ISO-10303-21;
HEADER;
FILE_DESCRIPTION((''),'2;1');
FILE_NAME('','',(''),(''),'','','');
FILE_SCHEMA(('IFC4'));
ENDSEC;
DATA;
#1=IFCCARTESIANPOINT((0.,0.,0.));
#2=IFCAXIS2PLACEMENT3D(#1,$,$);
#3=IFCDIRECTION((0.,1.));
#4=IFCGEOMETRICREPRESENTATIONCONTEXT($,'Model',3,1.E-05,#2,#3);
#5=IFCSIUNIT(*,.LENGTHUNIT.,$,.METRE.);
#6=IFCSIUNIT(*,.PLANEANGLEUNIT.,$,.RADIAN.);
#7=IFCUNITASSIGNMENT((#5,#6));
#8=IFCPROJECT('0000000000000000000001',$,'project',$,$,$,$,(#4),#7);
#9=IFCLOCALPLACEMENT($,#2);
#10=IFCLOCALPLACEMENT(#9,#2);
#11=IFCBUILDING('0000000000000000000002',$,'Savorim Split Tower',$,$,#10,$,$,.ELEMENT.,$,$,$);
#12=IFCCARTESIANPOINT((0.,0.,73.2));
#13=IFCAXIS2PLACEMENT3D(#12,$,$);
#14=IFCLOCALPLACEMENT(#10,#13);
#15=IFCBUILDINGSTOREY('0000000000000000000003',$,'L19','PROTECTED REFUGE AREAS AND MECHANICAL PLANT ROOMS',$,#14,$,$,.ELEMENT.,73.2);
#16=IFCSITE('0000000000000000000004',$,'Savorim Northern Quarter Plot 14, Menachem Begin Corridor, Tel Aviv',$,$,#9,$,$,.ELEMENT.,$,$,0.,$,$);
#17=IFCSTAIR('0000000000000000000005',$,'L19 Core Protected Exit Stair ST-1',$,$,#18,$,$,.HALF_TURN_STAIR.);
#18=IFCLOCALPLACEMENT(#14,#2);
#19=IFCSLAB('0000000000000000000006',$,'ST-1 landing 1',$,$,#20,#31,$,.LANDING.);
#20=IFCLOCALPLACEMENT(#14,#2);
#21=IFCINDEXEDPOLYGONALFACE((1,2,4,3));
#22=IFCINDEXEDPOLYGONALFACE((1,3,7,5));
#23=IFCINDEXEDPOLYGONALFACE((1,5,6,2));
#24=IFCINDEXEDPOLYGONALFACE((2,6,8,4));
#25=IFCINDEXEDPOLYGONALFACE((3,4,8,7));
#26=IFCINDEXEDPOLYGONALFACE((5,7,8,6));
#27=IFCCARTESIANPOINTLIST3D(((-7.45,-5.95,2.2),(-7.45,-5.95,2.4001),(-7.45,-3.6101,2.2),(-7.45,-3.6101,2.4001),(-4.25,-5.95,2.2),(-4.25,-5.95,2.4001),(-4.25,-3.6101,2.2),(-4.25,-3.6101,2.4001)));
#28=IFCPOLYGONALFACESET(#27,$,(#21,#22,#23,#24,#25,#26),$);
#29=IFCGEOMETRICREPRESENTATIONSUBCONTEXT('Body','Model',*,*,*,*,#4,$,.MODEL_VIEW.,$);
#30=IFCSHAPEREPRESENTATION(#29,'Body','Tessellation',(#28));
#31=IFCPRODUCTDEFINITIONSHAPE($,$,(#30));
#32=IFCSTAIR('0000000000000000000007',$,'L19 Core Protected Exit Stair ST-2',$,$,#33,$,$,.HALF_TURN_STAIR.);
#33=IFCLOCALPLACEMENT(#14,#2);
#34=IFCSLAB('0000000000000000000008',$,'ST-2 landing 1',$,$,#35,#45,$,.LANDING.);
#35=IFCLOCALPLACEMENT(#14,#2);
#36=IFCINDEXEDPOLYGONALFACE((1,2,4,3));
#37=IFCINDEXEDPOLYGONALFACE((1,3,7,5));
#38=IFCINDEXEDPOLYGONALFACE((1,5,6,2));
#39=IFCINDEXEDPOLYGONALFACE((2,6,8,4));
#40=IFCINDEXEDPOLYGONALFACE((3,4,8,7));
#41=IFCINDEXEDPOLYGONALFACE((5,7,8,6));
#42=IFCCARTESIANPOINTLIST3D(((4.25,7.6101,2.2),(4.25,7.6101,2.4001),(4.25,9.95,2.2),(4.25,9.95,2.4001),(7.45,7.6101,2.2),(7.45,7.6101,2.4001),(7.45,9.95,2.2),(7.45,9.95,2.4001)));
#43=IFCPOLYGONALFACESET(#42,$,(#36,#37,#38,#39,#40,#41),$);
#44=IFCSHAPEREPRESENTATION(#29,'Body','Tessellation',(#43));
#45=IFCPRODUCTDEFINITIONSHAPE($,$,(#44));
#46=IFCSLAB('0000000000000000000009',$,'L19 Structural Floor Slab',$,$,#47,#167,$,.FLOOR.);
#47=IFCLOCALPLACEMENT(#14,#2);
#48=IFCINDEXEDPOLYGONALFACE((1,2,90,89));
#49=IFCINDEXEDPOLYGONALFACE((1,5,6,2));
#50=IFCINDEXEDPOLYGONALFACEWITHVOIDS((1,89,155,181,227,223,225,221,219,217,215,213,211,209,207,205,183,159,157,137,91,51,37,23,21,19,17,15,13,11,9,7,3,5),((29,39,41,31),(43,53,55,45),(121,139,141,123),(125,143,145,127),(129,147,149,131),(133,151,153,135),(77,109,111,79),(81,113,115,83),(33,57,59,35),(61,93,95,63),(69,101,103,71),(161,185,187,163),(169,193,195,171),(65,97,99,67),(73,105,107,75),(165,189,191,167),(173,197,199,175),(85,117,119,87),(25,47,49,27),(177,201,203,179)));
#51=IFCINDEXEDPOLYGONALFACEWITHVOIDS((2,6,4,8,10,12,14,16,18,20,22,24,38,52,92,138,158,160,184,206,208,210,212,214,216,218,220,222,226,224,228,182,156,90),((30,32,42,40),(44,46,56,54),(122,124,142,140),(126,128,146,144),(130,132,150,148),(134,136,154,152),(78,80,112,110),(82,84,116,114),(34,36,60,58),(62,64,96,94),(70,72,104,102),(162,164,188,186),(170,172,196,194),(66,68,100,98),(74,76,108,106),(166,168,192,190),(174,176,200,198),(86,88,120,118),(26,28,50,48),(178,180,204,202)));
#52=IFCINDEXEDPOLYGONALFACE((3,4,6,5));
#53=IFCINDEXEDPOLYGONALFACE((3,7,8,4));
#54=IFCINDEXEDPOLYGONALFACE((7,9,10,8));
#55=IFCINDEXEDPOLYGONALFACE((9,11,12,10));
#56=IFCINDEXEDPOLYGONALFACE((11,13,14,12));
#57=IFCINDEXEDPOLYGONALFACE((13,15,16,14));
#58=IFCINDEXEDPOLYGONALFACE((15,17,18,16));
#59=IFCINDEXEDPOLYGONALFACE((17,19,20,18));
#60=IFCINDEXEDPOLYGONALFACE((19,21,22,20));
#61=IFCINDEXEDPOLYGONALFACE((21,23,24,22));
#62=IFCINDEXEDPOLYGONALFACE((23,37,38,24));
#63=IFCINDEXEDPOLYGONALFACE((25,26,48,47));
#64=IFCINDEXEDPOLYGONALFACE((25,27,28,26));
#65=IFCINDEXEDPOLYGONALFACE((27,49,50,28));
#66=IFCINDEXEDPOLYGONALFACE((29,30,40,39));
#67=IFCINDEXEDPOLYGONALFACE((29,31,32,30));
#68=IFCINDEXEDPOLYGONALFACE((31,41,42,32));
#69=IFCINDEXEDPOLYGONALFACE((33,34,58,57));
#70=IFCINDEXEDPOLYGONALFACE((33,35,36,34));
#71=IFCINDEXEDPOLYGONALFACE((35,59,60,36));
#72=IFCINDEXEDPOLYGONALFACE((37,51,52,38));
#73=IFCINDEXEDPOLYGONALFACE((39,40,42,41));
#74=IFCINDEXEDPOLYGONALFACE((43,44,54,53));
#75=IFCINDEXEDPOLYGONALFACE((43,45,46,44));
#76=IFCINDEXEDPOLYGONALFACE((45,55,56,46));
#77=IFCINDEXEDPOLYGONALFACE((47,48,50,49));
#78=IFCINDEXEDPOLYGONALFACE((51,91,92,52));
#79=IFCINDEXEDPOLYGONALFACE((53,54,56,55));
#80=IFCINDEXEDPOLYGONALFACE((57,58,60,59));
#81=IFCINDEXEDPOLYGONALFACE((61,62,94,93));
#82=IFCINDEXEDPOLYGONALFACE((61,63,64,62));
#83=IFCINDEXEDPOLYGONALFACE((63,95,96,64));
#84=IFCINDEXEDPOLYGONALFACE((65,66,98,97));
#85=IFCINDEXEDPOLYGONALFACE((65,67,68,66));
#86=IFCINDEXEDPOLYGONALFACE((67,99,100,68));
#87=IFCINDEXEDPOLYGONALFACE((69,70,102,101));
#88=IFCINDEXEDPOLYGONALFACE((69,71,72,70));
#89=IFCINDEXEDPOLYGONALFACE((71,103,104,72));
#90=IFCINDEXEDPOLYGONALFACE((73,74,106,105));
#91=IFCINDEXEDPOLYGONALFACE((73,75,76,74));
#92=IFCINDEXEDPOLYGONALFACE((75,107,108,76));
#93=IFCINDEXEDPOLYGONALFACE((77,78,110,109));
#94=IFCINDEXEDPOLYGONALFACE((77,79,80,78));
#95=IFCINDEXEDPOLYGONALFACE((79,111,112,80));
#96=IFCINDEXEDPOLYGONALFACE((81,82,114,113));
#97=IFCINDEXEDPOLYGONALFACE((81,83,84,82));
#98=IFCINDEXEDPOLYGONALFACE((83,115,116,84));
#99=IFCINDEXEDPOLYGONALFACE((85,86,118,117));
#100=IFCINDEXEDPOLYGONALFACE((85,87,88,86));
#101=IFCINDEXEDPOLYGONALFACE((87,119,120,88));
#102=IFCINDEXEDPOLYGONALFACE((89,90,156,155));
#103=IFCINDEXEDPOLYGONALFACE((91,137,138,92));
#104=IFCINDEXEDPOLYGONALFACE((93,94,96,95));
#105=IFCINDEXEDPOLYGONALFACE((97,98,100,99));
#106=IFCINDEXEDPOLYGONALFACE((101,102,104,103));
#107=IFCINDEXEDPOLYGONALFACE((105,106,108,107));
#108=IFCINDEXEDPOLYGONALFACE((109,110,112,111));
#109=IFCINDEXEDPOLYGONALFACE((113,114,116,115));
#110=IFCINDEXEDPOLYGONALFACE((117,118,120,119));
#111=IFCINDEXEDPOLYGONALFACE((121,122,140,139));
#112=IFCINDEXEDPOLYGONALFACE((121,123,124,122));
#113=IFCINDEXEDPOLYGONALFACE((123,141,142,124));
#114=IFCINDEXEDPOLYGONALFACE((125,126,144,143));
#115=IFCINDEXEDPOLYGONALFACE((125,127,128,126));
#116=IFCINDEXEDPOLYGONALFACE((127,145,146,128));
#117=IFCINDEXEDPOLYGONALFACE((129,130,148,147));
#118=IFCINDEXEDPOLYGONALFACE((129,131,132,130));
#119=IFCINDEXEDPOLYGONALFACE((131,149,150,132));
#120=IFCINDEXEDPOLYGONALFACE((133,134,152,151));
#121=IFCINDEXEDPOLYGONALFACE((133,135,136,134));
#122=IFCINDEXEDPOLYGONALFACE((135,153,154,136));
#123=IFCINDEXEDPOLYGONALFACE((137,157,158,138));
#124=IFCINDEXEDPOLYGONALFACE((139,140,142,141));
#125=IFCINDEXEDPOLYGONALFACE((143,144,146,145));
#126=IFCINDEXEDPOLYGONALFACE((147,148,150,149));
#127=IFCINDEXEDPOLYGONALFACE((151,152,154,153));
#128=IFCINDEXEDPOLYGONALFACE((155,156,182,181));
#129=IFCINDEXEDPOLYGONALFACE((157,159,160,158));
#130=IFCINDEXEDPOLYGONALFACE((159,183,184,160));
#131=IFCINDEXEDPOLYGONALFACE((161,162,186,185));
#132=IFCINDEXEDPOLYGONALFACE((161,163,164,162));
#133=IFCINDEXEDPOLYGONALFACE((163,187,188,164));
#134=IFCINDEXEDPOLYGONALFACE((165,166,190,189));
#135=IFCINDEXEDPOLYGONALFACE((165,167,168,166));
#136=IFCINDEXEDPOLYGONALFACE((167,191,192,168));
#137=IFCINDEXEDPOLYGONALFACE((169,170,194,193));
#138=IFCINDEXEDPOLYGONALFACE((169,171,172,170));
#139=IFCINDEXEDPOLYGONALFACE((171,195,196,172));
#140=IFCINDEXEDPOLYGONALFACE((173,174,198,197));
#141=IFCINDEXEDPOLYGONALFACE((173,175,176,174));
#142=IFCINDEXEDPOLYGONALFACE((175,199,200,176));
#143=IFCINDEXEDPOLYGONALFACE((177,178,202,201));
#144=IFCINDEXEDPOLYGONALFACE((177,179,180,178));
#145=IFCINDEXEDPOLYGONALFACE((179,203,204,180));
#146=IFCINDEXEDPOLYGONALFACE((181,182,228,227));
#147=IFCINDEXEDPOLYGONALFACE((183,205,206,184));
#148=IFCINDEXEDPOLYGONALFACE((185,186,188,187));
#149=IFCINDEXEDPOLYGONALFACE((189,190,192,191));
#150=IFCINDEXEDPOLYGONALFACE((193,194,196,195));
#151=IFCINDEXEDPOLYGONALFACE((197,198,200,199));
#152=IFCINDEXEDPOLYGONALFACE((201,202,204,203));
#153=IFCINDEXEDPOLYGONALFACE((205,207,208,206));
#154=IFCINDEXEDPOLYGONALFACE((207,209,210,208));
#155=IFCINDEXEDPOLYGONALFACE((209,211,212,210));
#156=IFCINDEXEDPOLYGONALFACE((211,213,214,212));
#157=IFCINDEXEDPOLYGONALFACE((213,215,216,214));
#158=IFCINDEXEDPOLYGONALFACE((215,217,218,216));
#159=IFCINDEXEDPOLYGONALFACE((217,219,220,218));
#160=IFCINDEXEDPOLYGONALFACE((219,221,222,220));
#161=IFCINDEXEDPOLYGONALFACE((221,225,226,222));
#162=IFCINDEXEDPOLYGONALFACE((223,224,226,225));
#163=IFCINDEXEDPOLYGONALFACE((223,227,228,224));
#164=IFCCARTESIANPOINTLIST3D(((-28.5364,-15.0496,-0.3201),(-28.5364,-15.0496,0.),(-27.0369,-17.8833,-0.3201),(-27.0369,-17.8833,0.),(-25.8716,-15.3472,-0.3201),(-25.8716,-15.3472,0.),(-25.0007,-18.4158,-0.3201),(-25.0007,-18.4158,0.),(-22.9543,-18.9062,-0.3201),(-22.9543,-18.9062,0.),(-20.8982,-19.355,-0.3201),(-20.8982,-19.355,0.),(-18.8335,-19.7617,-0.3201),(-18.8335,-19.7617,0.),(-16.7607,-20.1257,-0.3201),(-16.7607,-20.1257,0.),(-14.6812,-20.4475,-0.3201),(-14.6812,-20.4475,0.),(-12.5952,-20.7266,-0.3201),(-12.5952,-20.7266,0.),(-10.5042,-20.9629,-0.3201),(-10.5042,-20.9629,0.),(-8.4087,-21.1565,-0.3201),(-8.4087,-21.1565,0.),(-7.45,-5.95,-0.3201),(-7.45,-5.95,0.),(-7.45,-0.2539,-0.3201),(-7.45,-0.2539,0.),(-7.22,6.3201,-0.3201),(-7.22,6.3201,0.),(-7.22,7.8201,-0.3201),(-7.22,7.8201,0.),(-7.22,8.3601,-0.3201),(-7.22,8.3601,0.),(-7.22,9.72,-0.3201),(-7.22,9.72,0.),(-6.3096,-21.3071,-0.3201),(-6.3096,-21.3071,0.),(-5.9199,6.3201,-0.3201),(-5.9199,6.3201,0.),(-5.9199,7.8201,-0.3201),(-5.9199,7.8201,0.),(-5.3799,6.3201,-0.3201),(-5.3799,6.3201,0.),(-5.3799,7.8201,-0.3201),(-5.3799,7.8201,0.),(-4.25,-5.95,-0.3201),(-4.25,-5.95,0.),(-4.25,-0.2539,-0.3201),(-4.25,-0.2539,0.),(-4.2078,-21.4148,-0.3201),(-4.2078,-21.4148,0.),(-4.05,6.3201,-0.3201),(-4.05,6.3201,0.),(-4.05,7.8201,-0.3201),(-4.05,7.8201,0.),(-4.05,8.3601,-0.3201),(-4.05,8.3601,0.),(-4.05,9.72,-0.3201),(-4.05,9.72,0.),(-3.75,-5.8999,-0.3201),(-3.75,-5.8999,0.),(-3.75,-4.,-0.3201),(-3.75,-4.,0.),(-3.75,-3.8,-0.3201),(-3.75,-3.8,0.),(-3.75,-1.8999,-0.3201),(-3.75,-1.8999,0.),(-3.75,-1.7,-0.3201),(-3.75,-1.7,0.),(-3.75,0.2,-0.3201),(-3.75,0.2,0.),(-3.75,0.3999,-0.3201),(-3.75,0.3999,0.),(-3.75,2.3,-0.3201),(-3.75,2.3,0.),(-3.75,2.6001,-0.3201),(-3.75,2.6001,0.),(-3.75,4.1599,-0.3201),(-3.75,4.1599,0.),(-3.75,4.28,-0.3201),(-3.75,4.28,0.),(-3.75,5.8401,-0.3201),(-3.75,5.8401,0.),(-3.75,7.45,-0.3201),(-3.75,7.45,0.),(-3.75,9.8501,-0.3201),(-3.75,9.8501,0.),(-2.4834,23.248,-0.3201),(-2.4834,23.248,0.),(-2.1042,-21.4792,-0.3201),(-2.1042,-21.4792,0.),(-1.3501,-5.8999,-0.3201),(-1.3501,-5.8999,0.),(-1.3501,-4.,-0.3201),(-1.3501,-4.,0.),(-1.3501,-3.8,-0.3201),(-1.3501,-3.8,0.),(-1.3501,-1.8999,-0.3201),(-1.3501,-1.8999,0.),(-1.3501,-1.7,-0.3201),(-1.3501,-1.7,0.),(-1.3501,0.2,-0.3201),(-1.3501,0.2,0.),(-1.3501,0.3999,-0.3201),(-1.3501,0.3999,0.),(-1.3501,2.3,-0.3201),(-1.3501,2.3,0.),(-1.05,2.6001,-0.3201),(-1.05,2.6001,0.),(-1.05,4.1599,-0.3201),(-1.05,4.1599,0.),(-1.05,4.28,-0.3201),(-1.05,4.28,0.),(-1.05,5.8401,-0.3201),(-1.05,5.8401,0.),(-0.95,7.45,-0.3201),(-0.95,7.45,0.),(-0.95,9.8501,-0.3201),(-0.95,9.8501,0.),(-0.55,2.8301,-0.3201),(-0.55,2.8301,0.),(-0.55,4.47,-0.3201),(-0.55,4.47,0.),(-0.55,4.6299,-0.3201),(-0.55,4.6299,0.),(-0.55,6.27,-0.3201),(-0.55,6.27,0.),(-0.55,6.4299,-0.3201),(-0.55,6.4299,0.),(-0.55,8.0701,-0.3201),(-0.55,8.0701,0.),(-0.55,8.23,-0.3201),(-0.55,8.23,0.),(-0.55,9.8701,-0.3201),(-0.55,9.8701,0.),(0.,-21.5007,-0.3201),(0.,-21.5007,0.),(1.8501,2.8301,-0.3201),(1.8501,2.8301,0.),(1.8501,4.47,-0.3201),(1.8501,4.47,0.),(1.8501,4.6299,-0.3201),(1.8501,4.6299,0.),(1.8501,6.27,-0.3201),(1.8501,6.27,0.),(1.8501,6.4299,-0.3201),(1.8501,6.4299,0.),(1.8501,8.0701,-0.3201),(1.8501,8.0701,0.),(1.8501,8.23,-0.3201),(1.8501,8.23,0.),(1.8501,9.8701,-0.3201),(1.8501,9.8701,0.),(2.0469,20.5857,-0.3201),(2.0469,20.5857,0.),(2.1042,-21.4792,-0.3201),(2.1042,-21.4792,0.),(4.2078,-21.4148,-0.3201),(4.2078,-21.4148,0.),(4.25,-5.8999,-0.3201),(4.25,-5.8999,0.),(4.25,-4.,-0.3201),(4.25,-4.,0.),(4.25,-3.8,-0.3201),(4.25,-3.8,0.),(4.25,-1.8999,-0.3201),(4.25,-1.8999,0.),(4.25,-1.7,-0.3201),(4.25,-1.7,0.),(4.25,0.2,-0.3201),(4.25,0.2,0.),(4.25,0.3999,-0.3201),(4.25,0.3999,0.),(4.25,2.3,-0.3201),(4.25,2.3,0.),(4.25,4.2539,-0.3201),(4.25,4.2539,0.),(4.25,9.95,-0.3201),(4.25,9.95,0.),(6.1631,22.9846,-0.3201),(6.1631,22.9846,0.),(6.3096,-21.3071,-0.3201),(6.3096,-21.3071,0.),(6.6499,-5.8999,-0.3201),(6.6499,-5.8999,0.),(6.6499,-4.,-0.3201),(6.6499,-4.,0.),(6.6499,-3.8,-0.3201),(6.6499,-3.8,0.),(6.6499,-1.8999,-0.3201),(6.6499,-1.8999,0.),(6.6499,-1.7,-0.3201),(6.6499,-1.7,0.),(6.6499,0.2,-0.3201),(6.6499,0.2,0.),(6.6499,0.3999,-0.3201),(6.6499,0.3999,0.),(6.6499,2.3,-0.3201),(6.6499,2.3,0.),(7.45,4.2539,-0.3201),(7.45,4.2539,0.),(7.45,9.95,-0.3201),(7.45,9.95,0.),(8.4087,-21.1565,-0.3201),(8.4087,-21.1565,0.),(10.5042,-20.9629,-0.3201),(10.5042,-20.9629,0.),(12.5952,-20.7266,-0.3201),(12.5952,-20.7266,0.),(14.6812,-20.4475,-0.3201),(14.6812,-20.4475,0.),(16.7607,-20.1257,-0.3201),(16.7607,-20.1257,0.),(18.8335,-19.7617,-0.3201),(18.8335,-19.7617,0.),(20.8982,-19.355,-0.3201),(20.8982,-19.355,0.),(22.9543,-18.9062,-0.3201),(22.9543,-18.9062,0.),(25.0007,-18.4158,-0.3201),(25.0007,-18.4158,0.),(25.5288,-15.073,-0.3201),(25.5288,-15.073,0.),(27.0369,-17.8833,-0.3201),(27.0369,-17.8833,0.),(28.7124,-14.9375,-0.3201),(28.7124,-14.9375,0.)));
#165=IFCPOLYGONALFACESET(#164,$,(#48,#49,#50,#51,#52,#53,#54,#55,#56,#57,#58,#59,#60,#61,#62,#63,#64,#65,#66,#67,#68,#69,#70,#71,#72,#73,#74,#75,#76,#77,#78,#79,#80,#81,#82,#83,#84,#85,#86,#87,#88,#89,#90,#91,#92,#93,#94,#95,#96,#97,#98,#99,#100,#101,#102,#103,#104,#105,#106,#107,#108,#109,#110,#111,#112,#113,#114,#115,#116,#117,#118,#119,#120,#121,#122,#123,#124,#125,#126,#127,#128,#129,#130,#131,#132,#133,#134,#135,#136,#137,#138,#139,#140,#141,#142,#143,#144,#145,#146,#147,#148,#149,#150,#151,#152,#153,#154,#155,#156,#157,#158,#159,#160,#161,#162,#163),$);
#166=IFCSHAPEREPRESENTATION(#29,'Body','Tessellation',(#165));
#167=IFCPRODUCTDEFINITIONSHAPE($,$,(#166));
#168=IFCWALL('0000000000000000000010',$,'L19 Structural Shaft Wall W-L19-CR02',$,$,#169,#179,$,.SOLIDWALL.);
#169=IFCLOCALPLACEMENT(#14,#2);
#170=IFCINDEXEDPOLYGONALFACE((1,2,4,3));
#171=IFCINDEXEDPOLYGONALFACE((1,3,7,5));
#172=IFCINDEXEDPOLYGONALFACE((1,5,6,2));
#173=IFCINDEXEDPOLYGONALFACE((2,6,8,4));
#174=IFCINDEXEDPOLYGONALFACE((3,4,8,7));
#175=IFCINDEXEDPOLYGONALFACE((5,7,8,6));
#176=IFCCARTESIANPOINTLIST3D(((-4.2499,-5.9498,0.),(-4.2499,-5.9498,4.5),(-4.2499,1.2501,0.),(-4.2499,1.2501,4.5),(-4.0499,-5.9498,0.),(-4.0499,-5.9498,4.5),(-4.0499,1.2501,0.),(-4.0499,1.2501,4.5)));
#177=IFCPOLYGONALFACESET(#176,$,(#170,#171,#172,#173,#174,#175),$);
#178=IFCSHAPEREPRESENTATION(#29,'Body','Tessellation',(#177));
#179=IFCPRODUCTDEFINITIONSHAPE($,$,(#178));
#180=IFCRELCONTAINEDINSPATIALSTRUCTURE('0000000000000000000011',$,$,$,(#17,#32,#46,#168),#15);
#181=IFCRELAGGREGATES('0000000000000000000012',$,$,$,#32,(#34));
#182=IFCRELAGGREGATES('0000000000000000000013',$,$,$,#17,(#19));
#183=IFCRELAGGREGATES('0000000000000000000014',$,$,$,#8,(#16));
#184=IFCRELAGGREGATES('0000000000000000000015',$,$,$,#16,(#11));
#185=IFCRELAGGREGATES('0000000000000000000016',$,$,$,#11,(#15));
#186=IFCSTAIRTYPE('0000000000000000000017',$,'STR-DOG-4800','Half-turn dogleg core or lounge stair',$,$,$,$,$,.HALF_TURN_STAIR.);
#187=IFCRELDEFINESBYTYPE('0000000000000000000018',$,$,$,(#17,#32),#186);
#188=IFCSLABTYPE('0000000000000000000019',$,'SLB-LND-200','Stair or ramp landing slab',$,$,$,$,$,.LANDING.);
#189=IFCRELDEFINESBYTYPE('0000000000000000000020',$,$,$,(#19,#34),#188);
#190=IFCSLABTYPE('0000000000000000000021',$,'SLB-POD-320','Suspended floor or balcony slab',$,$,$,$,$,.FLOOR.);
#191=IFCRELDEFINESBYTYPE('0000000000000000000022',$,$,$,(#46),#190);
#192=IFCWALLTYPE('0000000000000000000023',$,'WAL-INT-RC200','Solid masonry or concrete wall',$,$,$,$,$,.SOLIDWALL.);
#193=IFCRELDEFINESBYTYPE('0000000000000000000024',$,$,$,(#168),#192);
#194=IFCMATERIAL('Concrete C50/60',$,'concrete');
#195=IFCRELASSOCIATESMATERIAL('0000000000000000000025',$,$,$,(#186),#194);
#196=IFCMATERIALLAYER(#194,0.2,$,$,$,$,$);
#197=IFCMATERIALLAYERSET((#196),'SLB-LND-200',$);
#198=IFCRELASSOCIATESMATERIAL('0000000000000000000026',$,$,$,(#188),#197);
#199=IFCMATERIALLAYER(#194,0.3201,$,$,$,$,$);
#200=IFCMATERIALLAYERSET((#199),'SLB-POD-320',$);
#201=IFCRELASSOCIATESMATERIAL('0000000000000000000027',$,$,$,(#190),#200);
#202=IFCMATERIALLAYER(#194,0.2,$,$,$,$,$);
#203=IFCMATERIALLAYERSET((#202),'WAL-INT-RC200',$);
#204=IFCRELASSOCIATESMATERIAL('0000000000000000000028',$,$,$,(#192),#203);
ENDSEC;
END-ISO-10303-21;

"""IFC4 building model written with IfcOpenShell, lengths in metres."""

from ifc_helpers import new_model, si_unit, direction, frame, frame_2d, origin, place, context, subcontext, project, spatial, polyline, rectangle, outline, extrude, material, layer, layer_set, type_object, element, aggregate, save


model = new_model("IFC4")

# Units and contexts
model_context = context("Model", 3, precision=1e-05, world=origin(), true_north=direction((0.0, 1.0)))
body_context = subcontext(model_context, "Body", "Model", "MODEL_VIEW")
ifc_project = project(units=[si_unit("LENGTHUNIT", "METRE"), si_unit("PLANEANGLEUNIT", "RADIAN")], contexts=[model_context])

# Site, building, storey
site_placement = place(None, origin())
site = spatial("IfcSite", under=ifc_project, at=site_placement, Name="Savorim Northern Quarter Plot 14, Menachem Begin Corridor, Tel Aviv", CompositionType="ELEMENT", RefElevation=0.0)
building_placement = place(site_placement, origin())
building = spatial("IfcBuilding", under=site, at=building_placement, Name="Savorim Split Tower", CompositionType="ELEMENT")
storey_placement = place(building_placement, frame((0.0, 0.0, 73.2)))
storey = spatial("IfcBuildingStorey", under=building, at=storey_placement, Name="L19", Description="PROTECTED REFUGE AREAS AND MECHANICAL PLANT ROOMS", CompositionType="ELEMENT", Elevation=73.2)

# Stairs, slabs
ifc_material_1 = material(Name="Concrete C50/60", Category="concrete")
stair_type = type_object("IfcStairType", Name="STR-DOG-4800", Description="Half-turn dogleg core or lounge stair", PredefinedType="HALF_TURN_STAIR", material=ifc_material_1)
stair_1_placement = place(storey_placement, origin())
stair_1 = element("IfcStair", 1, at=stair_1_placement, inside=storey, type_object=stair_type, Name="L19 Core Protected Exit Stair ST-1", PredefinedType="HALF_TURN_STAIR")
ifc_layer_1 = layer(ifc_material_1, 0.2)
ifc_layer_set_1 = layer_set([ifc_layer_1], Name="SLB-LND-200")
slab_type_1 = type_object("IfcSlabType", Name="SLB-LND-200", Description="Stair or ramp landing slab", PredefinedType="LANDING", material=ifc_layer_set_1)
slab_1_placement = place(storey_placement, frame((0.0, 0.0, 2.2)))
slab_1 = element("IfcSlab", 2, at=slab_1_placement, type_object=slab_type_1, Name="ST-1 landing 1", PredefinedType="LANDING", context=body_context, shape_type="SweptSolid", body=[
    extrude(outline(polyline([(-7.45, -3.6101), (-7.45, -5.95), (-4.25, -5.95), (-4.25, -3.6101), (-7.45, -3.6101)])), origin(), (0.0, 0.0, 1.0), 0.2002),
])
stair_2_placement = place(storey_placement, origin())
stair_2 = element("IfcStair", 3, at=stair_2_placement, inside=storey, type_object=stair_type, Name="L19 Core Protected Exit Stair ST-2", PredefinedType="HALF_TURN_STAIR")
slab_2_placement = place(storey_placement, frame((0.0, 0.0, 2.2)))
slab_2 = element("IfcSlab", 4, at=slab_2_placement, type_object=slab_type_1, Name="ST-2 landing 1", PredefinedType="LANDING", context=body_context, shape_type="SweptSolid", body=[
    extrude(outline(polyline([(7.45, 7.6101), (7.45, 9.95), (4.25, 9.95), (4.25, 7.6101), (7.45, 7.6101)])), origin(), (0.0, 0.0, 1.0), 0.2002),
])
aggregate(stair_2, [slab_2])

# Slab
ifc_layer_2 = layer(ifc_material_1, 0.3201)
ifc_layer_set_2 = layer_set([ifc_layer_2], Name="SLB-POD-320")
slab_type_2 = type_object("IfcSlabType", Name="SLB-POD-320", Description="Suspended floor or balcony slab", PredefinedType="FLOOR", material=ifc_layer_set_2)
slab_3_placement = place(storey_placement, frame((0.0, 0.0, -0.3201)))
element("IfcSlab", 5, at=slab_3_placement, inside=storey, type_object=slab_type_2, Name="L19 Structural Floor Slab", PredefinedType="FLOOR", context=body_context, shape_type="SweptSolid", body=[
    extrude(outline(polyline([(-27.0369, -17.8833), (-25.0007, -18.4158), (-22.9543, -18.9062), (-20.8982, -19.355), (-18.8335, -19.7617), (-16.7607, -20.1257), (-14.6812, -20.4475), (-12.5952, -20.7266), (-10.5042, -20.9629), (-8.4087, -21.1565), (-6.3096, -21.3071), (-4.2078, -21.4148), (-2.1042, -21.4792), (0.0, -21.5007), (2.1042, -21.4792), (4.2078, -21.4148), (6.3096, -21.3071), (8.4087, -21.1565), (10.5042, -20.9629), (12.5952, -20.7266), (14.6812, -20.4475), (16.7607, -20.1257), (18.8335, -19.7617), (20.8982, -19.355), (22.9543, -18.9062), (25.0007, -18.4158), (27.0369, -17.8833), (25.5288, -15.073), (28.7124, -14.9375), (6.1631, 22.9846), (2.0469, 20.5857), (-2.4834, 23.248), (-28.5364, -15.0496), (-25.8716, -15.3472), (-27.0369, -17.8833)]), holes=[polyline([(-7.45, -0.2539), (-7.45, -5.95), (-4.25, -5.95), (-4.25, -0.2539), (-7.45, -0.2539)]), polyline([(7.45, 4.2539), (7.45, 9.95), (4.25, 9.95), (4.25, 4.2539), (7.45, 4.2539)]), polyline([(4.25, -5.8999), (6.6499, -5.8999), (6.6499, -4.0), (4.25, -4.0), (4.25, -5.8999)]), polyline([(4.25, -3.8), (6.6499, -3.8), (6.6499, -1.8999), (4.25, -1.8999), (4.25, -3.8)]), polyline([(4.25, -1.7), (6.6499, -1.7), (6.6499, 0.2), (4.25, 0.2), (4.25, -1.7)]), polyline([(4.25, 0.3999), (6.6499, 0.3999), (6.6499, 2.3), (4.25, 2.3), (4.25, 0.3999)]), polyline([(-3.75, -5.8999), (-1.3501, -5.8999), (-1.3501, -4.0), (-3.75, -4.0), (-3.75, -5.8999)]), polyline([(-3.75, -3.8), (-1.3501, -3.8), (-1.3501, -1.8999), (-3.75, -1.8999), (-3.75, -3.8)]), polyline([(-3.75, -1.7), (-1.3501, -1.7), (-1.3501, 0.2), (-3.75, 0.2), (-3.75, -1.7)]), polyline([(-3.75, 0.3999), (-1.3501, 0.3999), (-1.3501, 2.3), (-3.75, 2.3), (-3.75, 0.3999)]), polyline([(-0.55, 2.8301), (1.8501, 2.8301), (1.8501, 4.47), (-0.55, 4.47), (-0.55, 2.8301)]), polyline([(-0.55, 4.6299), (1.8501, 4.6299), (1.8501, 6.27), (-0.55, 6.27), (-0.55, 4.6299)]), polyline([(-0.55, 6.4299), (1.8501, 6.4299), (1.8501, 8.0701), (-0.55, 8.0701), (-0.55, 6.4299)]), polyline([(-0.55, 8.23), (1.8501, 8.23), (1.8501, 9.8701), (-0.55, 9.8701), (-0.55, 8.23)]), polyline([(-3.75, 2.6001), (-1.05, 2.6001), (-1.05, 4.1599), (-3.75, 4.1599), (-3.75, 2.6001)]), polyline([(-3.75, 4.28), (-1.05, 4.28), (-1.05, 5.8401), (-3.75, 5.8401), (-3.75, 4.28)]), polyline([(-3.75, 7.45), (-0.95, 7.45), (-0.95, 9.8501), (-3.75, 9.8501), (-3.75, 7.45)]), polyline([(-7.22, 6.3201), (-5.9199, 6.3201), (-5.9199, 7.8201), (-7.22, 7.8201), (-7.22, 6.3201)]), polyline([(-5.3799, 6.3201), (-4.05, 6.3201), (-4.05, 7.8201), (-5.3799, 7.8201), (-5.3799, 6.3201)]), polyline([(-7.22, 8.3601), (-4.05, 8.3601), (-4.05, 9.72), (-7.22, 9.72), (-7.22, 8.3601)])]), origin(), (0.0, 0.0, 1.0), 0.3201),
])

# Shared definitions
ifc_layer_3 = layer(ifc_material_1, 0.2)
ifc_layer_set_3 = layer_set([ifc_layer_3], Name="WAL-INT-RC200")
wall_type_1 = type_object("IfcWallType", Name="WAL-INT-RC200", Description="Solid masonry or concrete wall", PredefinedType="SOLIDWALL", material=ifc_layer_set_3)

# Wall
wall_1_placement = place(storey_placement, frame((-4.1499, -5.95, 0.0), z_axis=(0.0, 0.0, 1.0), x_axis=(0.0, 1.0, 0.0)))
element("IfcWall", 6, at=wall_1_placement, inside=storey, type_object=wall_type_1, Name="L19 Structural Shaft Wall W-L19-CR02", PredefinedType="SOLIDWALL", context=body_context, shape_type="SweptSolid", body=[
    extrude(rectangle(XDim=7.2, YDim=0.2, at=frame_2d((3.6001, 0.0))), origin(), (0.0, 0.0, 1.0), 4.5),
])

aggregate(stair_1, [slab_1])

save(model, "model.ifc")
